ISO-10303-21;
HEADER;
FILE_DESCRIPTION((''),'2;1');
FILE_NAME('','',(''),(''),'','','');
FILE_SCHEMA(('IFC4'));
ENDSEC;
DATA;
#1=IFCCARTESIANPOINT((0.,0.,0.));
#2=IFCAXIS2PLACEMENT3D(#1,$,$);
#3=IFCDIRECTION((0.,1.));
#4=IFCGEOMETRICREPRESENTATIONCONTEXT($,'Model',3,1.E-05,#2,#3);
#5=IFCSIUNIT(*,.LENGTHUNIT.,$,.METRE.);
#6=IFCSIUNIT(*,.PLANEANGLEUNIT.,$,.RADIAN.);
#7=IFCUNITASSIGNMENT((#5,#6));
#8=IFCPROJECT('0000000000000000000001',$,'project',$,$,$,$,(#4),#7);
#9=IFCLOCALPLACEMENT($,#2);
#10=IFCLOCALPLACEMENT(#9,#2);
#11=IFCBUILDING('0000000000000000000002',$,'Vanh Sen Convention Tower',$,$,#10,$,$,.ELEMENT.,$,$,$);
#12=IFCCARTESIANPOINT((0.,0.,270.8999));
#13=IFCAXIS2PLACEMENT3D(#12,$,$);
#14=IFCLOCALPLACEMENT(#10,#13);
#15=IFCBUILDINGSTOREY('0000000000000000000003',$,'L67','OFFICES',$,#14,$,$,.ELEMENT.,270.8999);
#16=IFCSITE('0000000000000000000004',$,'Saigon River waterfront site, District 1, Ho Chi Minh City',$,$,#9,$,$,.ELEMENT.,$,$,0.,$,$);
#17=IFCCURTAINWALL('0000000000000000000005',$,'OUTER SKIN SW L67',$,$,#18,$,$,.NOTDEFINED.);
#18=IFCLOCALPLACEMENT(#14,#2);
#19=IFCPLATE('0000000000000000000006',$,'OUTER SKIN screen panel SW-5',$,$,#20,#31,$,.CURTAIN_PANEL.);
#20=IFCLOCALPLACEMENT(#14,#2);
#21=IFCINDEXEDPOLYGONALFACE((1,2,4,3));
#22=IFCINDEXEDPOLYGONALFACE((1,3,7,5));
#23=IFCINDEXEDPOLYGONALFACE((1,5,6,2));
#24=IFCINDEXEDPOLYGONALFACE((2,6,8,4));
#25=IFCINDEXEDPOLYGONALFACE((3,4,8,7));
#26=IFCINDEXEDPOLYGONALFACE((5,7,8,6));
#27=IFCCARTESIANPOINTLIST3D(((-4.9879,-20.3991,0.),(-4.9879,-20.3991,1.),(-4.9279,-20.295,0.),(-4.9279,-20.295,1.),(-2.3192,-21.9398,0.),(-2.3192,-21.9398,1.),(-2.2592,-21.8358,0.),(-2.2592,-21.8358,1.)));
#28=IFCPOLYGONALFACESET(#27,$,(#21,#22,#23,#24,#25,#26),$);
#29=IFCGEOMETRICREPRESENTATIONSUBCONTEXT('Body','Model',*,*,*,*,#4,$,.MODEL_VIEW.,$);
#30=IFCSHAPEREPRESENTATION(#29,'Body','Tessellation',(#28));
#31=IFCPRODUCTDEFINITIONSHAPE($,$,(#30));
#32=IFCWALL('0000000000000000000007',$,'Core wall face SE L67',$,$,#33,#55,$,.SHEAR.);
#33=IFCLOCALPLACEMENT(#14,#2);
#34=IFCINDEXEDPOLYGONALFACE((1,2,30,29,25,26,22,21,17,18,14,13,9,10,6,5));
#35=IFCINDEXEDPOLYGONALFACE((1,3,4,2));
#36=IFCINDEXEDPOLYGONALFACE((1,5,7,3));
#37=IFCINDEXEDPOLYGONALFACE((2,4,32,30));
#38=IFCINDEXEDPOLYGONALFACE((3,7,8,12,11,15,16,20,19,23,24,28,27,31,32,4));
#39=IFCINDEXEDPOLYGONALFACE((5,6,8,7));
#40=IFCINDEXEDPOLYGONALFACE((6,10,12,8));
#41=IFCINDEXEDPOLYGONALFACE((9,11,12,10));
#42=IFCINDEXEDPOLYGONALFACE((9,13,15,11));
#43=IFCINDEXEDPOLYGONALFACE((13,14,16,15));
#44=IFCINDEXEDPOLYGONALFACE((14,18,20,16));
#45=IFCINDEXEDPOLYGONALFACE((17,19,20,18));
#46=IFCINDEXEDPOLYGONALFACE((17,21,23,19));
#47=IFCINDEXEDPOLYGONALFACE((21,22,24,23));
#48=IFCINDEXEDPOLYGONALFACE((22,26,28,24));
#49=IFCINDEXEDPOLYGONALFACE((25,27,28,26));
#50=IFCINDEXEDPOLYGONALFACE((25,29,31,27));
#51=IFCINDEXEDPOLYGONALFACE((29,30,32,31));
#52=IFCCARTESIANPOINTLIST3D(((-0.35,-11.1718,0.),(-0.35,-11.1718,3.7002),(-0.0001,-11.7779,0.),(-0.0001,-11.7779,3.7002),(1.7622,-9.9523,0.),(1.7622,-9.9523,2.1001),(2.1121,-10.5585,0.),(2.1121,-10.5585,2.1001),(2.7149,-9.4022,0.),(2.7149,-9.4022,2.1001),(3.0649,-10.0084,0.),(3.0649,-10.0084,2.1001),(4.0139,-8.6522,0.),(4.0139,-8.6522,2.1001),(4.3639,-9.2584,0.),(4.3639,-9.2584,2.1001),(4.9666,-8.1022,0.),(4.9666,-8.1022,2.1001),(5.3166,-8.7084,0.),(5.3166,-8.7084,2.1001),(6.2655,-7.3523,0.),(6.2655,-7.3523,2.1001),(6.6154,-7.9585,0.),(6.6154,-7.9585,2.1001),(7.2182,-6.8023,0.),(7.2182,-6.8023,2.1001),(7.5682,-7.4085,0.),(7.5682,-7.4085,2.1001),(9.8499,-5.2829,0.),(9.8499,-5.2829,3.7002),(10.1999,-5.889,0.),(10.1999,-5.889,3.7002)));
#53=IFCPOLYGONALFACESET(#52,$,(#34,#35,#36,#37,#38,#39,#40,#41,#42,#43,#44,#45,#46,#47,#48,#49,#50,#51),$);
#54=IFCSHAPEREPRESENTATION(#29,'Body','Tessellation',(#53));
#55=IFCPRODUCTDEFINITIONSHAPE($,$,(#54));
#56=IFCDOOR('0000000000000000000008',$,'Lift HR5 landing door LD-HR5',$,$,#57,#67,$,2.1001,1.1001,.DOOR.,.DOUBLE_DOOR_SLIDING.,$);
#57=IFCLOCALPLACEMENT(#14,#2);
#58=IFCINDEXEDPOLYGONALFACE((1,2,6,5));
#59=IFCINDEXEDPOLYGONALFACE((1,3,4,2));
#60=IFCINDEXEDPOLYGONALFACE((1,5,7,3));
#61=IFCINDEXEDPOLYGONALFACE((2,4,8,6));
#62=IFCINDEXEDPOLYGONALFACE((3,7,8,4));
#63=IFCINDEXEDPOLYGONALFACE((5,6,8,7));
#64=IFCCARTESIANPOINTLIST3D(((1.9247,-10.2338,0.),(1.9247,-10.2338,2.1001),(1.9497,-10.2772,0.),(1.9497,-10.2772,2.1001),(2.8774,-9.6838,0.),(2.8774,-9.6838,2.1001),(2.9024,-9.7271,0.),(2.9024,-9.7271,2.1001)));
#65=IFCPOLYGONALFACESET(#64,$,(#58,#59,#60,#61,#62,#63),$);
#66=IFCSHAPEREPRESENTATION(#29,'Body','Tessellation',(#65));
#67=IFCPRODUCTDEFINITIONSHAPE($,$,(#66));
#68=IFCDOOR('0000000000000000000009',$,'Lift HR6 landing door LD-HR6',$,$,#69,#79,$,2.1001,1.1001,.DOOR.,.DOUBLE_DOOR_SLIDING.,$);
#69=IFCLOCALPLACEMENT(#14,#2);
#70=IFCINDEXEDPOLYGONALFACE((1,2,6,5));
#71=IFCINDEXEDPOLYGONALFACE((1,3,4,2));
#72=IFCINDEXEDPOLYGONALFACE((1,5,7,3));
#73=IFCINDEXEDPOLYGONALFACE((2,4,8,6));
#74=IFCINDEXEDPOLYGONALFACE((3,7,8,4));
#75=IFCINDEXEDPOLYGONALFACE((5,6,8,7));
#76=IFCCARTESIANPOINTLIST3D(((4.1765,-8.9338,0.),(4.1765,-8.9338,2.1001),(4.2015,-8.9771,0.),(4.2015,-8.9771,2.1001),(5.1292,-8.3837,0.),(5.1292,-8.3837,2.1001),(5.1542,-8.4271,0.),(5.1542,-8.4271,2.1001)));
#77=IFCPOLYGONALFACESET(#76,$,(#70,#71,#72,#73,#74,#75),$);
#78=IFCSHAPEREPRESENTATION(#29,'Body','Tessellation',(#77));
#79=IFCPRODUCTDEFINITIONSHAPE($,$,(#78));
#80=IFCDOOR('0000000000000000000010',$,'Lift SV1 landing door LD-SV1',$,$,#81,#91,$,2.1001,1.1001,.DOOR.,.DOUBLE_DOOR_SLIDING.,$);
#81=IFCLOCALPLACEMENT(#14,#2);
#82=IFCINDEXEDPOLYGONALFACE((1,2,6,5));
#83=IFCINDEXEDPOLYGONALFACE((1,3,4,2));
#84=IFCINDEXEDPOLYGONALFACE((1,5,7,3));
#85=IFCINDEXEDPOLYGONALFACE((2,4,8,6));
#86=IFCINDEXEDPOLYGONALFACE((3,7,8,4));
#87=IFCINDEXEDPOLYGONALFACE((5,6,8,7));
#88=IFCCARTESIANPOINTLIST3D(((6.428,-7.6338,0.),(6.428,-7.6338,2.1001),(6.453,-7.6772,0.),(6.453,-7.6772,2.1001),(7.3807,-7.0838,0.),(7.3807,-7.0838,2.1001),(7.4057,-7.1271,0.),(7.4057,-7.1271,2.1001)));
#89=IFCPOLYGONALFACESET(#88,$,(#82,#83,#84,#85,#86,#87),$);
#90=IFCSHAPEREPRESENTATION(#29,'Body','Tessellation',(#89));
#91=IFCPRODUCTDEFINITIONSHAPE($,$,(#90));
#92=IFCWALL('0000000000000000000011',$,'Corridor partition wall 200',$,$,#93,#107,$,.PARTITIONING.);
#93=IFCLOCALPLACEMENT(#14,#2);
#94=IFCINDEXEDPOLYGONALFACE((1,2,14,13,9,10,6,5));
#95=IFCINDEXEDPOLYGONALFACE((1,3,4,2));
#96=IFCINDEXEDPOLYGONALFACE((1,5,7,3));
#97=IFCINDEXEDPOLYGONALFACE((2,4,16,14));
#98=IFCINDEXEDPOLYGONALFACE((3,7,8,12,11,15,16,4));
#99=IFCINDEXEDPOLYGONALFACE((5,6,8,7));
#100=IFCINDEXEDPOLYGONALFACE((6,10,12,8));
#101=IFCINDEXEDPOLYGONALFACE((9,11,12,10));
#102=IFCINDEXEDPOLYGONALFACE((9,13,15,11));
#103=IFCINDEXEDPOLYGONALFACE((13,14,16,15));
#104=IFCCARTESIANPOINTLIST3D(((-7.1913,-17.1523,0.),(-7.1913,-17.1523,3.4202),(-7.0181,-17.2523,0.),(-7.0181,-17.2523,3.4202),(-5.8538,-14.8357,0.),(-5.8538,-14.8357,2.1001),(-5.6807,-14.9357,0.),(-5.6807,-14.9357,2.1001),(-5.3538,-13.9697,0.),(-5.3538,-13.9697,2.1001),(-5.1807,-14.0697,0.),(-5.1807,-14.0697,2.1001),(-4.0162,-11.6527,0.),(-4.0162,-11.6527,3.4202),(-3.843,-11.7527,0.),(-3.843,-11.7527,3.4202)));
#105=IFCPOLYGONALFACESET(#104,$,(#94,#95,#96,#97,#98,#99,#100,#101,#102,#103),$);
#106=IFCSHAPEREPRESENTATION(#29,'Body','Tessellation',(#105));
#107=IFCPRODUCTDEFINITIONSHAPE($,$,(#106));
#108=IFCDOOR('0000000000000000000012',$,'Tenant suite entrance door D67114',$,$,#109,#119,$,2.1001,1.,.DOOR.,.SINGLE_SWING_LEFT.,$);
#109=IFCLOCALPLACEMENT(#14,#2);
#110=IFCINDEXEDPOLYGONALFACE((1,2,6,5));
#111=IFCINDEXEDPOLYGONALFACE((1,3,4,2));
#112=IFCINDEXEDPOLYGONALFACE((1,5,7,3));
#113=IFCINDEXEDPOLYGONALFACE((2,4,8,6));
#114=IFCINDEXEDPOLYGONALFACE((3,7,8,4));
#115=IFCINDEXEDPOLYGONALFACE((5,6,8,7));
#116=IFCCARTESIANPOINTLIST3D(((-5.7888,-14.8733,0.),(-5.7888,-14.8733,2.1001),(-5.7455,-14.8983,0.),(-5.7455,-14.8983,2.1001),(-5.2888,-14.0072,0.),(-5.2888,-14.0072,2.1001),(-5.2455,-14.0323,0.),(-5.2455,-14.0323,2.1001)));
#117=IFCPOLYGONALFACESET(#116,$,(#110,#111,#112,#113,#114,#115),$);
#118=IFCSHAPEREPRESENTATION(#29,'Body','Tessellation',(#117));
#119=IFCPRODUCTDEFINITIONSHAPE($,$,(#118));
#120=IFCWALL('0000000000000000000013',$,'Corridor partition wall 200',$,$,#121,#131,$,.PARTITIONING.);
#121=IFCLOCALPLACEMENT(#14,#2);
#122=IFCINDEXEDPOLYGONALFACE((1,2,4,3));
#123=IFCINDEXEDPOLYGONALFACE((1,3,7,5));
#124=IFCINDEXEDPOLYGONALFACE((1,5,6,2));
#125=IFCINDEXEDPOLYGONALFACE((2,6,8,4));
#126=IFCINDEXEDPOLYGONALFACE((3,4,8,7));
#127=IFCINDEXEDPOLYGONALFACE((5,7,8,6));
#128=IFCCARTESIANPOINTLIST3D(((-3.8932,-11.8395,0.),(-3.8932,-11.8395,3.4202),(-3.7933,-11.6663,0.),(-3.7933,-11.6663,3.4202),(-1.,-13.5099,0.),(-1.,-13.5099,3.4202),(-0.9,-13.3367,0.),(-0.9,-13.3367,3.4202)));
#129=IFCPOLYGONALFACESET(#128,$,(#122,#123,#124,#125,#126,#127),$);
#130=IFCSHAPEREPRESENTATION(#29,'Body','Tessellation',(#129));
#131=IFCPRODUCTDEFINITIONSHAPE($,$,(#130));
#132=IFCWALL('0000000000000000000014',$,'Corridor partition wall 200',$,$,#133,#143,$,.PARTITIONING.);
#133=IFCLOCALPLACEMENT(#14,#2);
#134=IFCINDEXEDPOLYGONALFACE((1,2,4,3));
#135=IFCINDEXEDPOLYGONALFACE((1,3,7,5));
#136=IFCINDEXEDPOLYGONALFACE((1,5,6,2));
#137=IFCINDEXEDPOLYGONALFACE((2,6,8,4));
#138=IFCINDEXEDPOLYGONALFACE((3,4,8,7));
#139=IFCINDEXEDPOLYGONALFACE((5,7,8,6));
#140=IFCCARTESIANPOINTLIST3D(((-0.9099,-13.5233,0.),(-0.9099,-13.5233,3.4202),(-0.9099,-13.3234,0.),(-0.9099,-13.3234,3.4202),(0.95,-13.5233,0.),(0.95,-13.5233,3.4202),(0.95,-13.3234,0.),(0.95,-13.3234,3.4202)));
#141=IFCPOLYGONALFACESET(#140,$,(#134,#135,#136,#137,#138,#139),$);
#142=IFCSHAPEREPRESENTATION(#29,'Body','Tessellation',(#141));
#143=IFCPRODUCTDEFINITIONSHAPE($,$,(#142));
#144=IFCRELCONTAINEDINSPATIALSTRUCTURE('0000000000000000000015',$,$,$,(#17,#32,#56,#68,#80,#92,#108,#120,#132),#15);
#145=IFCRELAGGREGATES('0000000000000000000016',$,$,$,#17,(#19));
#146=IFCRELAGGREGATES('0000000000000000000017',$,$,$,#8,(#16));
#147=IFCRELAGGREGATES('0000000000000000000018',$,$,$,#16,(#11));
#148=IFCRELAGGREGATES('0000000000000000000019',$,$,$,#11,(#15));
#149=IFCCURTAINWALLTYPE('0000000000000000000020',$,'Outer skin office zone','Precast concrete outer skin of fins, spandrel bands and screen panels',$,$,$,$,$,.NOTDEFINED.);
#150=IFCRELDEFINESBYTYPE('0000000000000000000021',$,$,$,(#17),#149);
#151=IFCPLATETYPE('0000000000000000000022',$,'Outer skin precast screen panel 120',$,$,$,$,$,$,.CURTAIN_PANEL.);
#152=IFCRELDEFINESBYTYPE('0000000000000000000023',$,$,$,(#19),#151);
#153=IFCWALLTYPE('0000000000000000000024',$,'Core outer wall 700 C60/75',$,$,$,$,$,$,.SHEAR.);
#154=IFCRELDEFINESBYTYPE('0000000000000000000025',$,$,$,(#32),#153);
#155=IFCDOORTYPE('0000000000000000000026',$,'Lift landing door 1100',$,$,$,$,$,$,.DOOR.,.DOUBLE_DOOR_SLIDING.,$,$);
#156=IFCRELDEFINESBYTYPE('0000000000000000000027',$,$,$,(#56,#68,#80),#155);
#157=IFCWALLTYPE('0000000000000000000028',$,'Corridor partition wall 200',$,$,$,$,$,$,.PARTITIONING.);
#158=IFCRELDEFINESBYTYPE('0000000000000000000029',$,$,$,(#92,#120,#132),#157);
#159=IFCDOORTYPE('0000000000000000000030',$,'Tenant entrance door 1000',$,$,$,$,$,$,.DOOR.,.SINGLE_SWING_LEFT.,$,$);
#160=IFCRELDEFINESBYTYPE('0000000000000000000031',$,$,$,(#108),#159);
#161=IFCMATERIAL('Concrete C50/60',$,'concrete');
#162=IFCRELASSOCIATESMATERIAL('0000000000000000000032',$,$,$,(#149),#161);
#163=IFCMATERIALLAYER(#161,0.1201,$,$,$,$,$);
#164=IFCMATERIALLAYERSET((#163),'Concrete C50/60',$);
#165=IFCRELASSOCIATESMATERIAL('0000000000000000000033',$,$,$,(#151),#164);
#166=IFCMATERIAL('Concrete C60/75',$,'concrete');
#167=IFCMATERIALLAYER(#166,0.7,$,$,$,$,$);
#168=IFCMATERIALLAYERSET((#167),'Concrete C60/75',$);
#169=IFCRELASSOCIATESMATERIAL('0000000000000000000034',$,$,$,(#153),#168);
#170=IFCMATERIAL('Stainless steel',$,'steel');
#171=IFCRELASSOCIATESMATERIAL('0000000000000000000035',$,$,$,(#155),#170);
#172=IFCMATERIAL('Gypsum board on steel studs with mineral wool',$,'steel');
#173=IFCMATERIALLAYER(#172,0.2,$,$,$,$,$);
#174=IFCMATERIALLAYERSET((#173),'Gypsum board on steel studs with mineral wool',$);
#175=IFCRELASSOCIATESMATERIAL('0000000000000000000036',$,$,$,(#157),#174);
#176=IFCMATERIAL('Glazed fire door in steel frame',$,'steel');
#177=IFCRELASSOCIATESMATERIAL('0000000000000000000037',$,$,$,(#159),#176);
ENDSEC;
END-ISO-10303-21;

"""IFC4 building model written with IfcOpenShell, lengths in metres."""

from ifc_helpers import new_model, si_unit, direction, frame, frame_2d, origin, origin_2d, place, context, subcontext, project, spatial, rectangle, extrude, material, layer, layer_set, type_object, element, fill, aggregate, save


model = new_model("IFC4")

# Units and contexts
model_context = context("Model", 3, precision=1e-05, world=origin(), true_north=direction((0.0, 1.0)))
body_context = subcontext(model_context, "Body", "Model", "MODEL_VIEW")
ifc_project = project(units=[si_unit("LENGTHUNIT", "METRE"), si_unit("PLANEANGLEUNIT", "RADIAN")], contexts=[model_context])

# Site, building, storey
site_placement = place(None, origin())
site = spatial("IfcSite", under=ifc_project, at=site_placement, Name="Saigon River waterfront site, District 1, Ho Chi Minh City", CompositionType="ELEMENT", RefElevation=0.0)
building_placement = place(site_placement, origin())
building = spatial("IfcBuilding", under=site, at=building_placement, Name="Vanh Sen Convention Tower", CompositionType="ELEMENT")
storey_placement = place(building_placement, frame((0.0, 0.0, 270.8999)))
storey = spatial("IfcBuildingStorey", under=building, at=storey_placement, Name="L67", Description="OFFICES", CompositionType="ELEMENT", Elevation=270.8999)

# Shared definitions
ifc_material_1 = material(Name="Concrete C60/75", Category="concrete")

# Curtain wall
ifc_material_2 = material(Name="Concrete C50/60", Category="concrete")
curtain_wall_type = type_object("IfcCurtainWallType", Name="Outer skin office zone", Description="Precast concrete outer skin of fins, spandrel bands and screen panels", PredefinedType="NOTDEFINED", material=ifc_material_2)
curtain_wall_1_placement = place(storey_placement, origin())
curtain_wall_1 = element("IfcCurtainWall", 1, at=curtain_wall_1_placement, inside=storey, type_object=curtain_wall_type, Name="OUTER SKIN SW L67", PredefinedType="NOTDEFINED")

# Plate
ifc_layer_1 = layer(ifc_material_2, 0.1201)
ifc_layer_set_1 = layer_set([ifc_layer_1], Name="Concrete C50/60")
plate_type = type_object("IfcPlateType", Name="Outer skin precast screen panel 120", PredefinedType="CURTAIN_PANEL", material=ifc_layer_set_1)
plate_1_placement = place(storey_placement, frame((-3.6235, -21.1174, 0.0), z_axis=(0.0, 0.0, 1.0), x_axis=(0.866029, -0.499994, 0.0)))
plate_1 = element("IfcPlate", 2, at=plate_1_placement, type_object=plate_type, Name="OUTER SKIN screen panel SW-5", PredefinedType="CURTAIN_PANEL", context=body_context, shape_type="SweptSolid", body=[
    extrude(rectangle(XDim=3.0815, YDim=0.1201, at=origin_2d()), origin(), (0.0, 0.0, 1.0), 1.0),
])
aggregate(curtain_wall_1, [plate_1])

# Wall, openings, doors
ifc_layer_2 = layer(ifc_material_1, 0.7)
ifc_layer_set_2 = layer_set([ifc_layer_2], Name="Concrete C60/75")
wall_type_1 = type_object("IfcWallType", Name="Core outer wall 700 C60/75", PredefinedType="SHEAR", material=ifc_layer_set_2)
wall_1_placement = place(storey_placement, frame((-0.175, -11.4749, 0.0), z_axis=(0.0, 0.0, 1.0), x_axis=(0.866026, 0.499998, 0.0)))
wall_1 = element("IfcWall", 3, at=wall_1_placement, inside=storey, type_object=wall_type_1, Name="Core wall face SE L67", PredefinedType="SHEAR", context=body_context, shape_type="SweptSolid", body=[
    extrude(rectangle(XDim=11.7778, YDim=0.7, at=frame_2d((5.8889, 0.0))), origin(), (0.0, 0.0, 1.0), 3.7002),
])
opening_1_placement = place(wall_1_placement, frame((2.439, 0.0, 0.0)))
opening_1 = element("IfcOpeningElement", 4, at=opening_1_placement, cuts=wall_1, PredefinedType="OPENING", context=body_context, shape_type="SweptSolid", body=[
    extrude(rectangle(XDim=1.1001, YDim=2.1001, at=frame_2d((0.55, 1.05))), frame((0.0, 0.3599, 0.0), z_axis=(0.0, -1.0, 0.0), x_axis=(1.0, 0.0, 0.0)), (0.0, 0.0, 1.0), 0.72),
])
opening_2_placement = place(wall_1_placement, frame((5.0391, 0.0, 0.0)))
opening_2 = element("IfcOpeningElement", 5, at=opening_2_placement, cuts=wall_1, PredefinedType="OPENING", context=body_context, shape_type="SweptSolid", body=[
    extrude(rectangle(XDim=1.1001, YDim=2.1001, at=frame_2d((0.55, 1.05))), frame((0.0, 0.3599, 0.0), z_axis=(0.0, -1.0, 0.0), x_axis=(1.0, 0.0, 0.0)), (0.0, 0.0, 1.0), 0.72),
])
opening_3_placement = place(wall_1_placement, frame((7.6389, 0.0, 0.0)))
opening_3 = element("IfcOpeningElement", 6, at=opening_3_placement, cuts=wall_1, PredefinedType="OPENING", context=body_context, shape_type="SweptSolid", body=[
    extrude(rectangle(XDim=1.1001, YDim=2.1001, at=frame_2d((0.55, 1.05))), frame((0.0, 0.3599, 0.0), z_axis=(0.0, -1.0, 0.0), x_axis=(1.0, 0.0, 0.0)), (0.0, 0.0, 1.0), 0.72),
])
ifc_material_3 = material(Name="Stainless steel", Category="steel")
door_type_1 = type_object("IfcDoorType", Name="Lift landing door 1100", OperationType="DOUBLE_DOOR_SLIDING", PredefinedType="DOOR", material=ifc_material_3)
door_1_placement = place(opening_1_placement, origin())
door_1 = element("IfcDoor", 7, at=door_1_placement, inside=storey, type_object=door_type_1, Name="Lift HR5 landing door LD-HR5", OperationType="DOUBLE_DOOR_SLIDING", OverallHeight=2.1001, OverallWidth=1.1001, PredefinedType="DOOR", context=body_context, shape_type="SweptSolid", body=[
    extrude(rectangle(XDim=1.1001, YDim=2.1001, at=frame_2d((0.55, 1.05))), frame((0.0, 0.0249, 0.0), z_axis=(0.0, -1.0, 0.0), x_axis=(1.0, 0.0, 0.0)), (0.0, 0.0, 1.0), 0.05),
])
fill(opening_1, door_1)
door_2_placement = place(opening_2_placement, origin())
door_2 = element("IfcDoor", 8, at=door_2_placement, inside=storey, type_object=door_type_1, Name="Lift HR6 landing door LD-HR6", OperationType="DOUBLE_DOOR_SLIDING", OverallHeight=2.1001, OverallWidth=1.1001, PredefinedType="DOOR", context=body_context, shape_type="SweptSolid", body=[
    extrude(rectangle(XDim=1.1001, YDim=2.1001, at=frame_2d((0.55, 1.05))), frame((0.0, 0.0249, 0.0), z_axis=(0.0, -1.0, 0.0), x_axis=(1.0, 0.0, 0.0)), (0.0, 0.0, 1.0), 0.05),
])
fill(opening_2, door_2)
door_3_placement = place(opening_3_placement, origin())
door_3 = element("IfcDoor", 9, at=door_3_placement, inside=storey, type_object=door_type_1, Name="Lift SV1 landing door LD-SV1", OperationType="DOUBLE_DOOR_SLIDING", OverallHeight=2.1001, OverallWidth=1.1001, PredefinedType="DOOR", context=body_context, shape_type="SweptSolid", body=[
    extrude(rectangle(XDim=1.1001, YDim=2.1001, at=frame_2d((0.55, 1.05))), frame((0.0, 0.0249, 0.0), z_axis=(0.0, -1.0, 0.0), x_axis=(1.0, 0.0, 0.0)), (0.0, 0.0, 1.0), 0.05),
])
fill(opening_3, door_3)

# Wall, opening, door
ifc_material_4 = material(Name="Gypsum board on steel studs with mineral wool", Category="steel")
ifc_layer_3 = layer(ifc_material_4, 0.2)
ifc_layer_set_3 = layer_set([ifc_layer_3], Name="Gypsum board on steel studs with mineral wool")
wall_type_2 = type_object("IfcWallType", Name="Corridor partition wall 200", PredefinedType="PARTITIONING", material=ifc_layer_set_3)
wall_2_placement = place(storey_placement, frame((-7.1047, -17.2024, 0.0), z_axis=(0.0, 0.0, 1.0), x_axis=(0.499989, 0.866032, 0.0)))
wall_2 = element("IfcWall", 10, at=wall_2_placement, inside=storey, type_object=wall_type_2, Name="Corridor partition wall 200", PredefinedType="PARTITIONING", context=body_context, shape_type="SweptSolid", body=[
    extrude(rectangle(XDim=6.3503, YDim=0.2, at=frame_2d((3.1753, 0.0))), origin(), (0.0, 0.0, 1.0), 3.4202),
])
opening_4_placement = place(wall_2_placement, frame((2.675, 0.0, 0.0)))
opening_4 = element("IfcOpeningElement", 11, at=opening_4_placement, cuts=wall_2, PredefinedType="OPENING", context=body_context, shape_type="SweptSolid", body=[
    extrude(rectangle(XDim=1.0, YDim=2.1001, at=frame_2d((0.5, 1.05))), frame((0.0, 0.1099, 0.0), z_axis=(0.0, -1.0, 0.0), x_axis=(1.0, 0.0, 0.0)), (0.0, 0.0, 1.0), 0.22),
])
ifc_material_5 = material(Name="Glazed fire door in steel frame", Category="steel")
door_type_2 = type_object("IfcDoorType", Name="Tenant entrance door 1000", OperationType="SINGLE_SWING_LEFT", PredefinedType="DOOR", material=ifc_material_5)
door_4_placement = place(opening_4_placement, origin())
door_4 = element("IfcDoor", 12, at=door_4_placement, inside=storey, type_object=door_type_2, Name="Tenant suite entrance door D67114", OperationType="SINGLE_SWING_LEFT", OverallHeight=2.1001, OverallWidth=1.0, PredefinedType="DOOR", context=body_context, shape_type="SweptSolid", body=[
    extrude(rectangle(XDim=1.0, YDim=2.1001, at=frame_2d((0.5, 1.05))), frame((0.0, 0.0249, 0.0), z_axis=(0.0, -1.0, 0.0), x_axis=(1.0, 0.0, 0.0)), (0.0, 0.0, 1.0), 0.05),
])
fill(opening_4, door_4)

# Walls
wall_3_placement = place(storey_placement, frame((-3.8433, -11.7529, 0.0), z_axis=(0.0, 0.0, 1.0), x_axis=(0.866031, -0.49999, 0.0)))
element("IfcWall", 13, at=wall_3_placement, inside=storey, type_object=wall_type_2, Name="Corridor partition wall 200", PredefinedType="PARTITIONING", context=body_context, shape_type="SweptSolid", body=[
    extrude(rectangle(XDim=3.3408, YDim=0.2, at=frame_2d((1.6704, 0.0))), origin(), (0.0, 0.0, 1.0), 3.4202),
])
wall_4_placement = place(storey_placement, frame((-0.9099, -13.4233, 0.0), z_axis=(0.0, 0.0, 1.0), x_axis=(1.0, 0.0, 0.0)))
element("IfcWall", 14, at=wall_4_placement, inside=storey, type_object=wall_type_2, Name="Corridor partition wall 200", PredefinedType="PARTITIONING", context=body_context, shape_type="SweptSolid", body=[
    extrude(rectangle(XDim=1.8599, YDim=0.2, at=frame_2d((0.9299, 0.0))), origin(), (0.0, 0.0, 1.0), 3.4202),
])

save(model, "model.ifc")
